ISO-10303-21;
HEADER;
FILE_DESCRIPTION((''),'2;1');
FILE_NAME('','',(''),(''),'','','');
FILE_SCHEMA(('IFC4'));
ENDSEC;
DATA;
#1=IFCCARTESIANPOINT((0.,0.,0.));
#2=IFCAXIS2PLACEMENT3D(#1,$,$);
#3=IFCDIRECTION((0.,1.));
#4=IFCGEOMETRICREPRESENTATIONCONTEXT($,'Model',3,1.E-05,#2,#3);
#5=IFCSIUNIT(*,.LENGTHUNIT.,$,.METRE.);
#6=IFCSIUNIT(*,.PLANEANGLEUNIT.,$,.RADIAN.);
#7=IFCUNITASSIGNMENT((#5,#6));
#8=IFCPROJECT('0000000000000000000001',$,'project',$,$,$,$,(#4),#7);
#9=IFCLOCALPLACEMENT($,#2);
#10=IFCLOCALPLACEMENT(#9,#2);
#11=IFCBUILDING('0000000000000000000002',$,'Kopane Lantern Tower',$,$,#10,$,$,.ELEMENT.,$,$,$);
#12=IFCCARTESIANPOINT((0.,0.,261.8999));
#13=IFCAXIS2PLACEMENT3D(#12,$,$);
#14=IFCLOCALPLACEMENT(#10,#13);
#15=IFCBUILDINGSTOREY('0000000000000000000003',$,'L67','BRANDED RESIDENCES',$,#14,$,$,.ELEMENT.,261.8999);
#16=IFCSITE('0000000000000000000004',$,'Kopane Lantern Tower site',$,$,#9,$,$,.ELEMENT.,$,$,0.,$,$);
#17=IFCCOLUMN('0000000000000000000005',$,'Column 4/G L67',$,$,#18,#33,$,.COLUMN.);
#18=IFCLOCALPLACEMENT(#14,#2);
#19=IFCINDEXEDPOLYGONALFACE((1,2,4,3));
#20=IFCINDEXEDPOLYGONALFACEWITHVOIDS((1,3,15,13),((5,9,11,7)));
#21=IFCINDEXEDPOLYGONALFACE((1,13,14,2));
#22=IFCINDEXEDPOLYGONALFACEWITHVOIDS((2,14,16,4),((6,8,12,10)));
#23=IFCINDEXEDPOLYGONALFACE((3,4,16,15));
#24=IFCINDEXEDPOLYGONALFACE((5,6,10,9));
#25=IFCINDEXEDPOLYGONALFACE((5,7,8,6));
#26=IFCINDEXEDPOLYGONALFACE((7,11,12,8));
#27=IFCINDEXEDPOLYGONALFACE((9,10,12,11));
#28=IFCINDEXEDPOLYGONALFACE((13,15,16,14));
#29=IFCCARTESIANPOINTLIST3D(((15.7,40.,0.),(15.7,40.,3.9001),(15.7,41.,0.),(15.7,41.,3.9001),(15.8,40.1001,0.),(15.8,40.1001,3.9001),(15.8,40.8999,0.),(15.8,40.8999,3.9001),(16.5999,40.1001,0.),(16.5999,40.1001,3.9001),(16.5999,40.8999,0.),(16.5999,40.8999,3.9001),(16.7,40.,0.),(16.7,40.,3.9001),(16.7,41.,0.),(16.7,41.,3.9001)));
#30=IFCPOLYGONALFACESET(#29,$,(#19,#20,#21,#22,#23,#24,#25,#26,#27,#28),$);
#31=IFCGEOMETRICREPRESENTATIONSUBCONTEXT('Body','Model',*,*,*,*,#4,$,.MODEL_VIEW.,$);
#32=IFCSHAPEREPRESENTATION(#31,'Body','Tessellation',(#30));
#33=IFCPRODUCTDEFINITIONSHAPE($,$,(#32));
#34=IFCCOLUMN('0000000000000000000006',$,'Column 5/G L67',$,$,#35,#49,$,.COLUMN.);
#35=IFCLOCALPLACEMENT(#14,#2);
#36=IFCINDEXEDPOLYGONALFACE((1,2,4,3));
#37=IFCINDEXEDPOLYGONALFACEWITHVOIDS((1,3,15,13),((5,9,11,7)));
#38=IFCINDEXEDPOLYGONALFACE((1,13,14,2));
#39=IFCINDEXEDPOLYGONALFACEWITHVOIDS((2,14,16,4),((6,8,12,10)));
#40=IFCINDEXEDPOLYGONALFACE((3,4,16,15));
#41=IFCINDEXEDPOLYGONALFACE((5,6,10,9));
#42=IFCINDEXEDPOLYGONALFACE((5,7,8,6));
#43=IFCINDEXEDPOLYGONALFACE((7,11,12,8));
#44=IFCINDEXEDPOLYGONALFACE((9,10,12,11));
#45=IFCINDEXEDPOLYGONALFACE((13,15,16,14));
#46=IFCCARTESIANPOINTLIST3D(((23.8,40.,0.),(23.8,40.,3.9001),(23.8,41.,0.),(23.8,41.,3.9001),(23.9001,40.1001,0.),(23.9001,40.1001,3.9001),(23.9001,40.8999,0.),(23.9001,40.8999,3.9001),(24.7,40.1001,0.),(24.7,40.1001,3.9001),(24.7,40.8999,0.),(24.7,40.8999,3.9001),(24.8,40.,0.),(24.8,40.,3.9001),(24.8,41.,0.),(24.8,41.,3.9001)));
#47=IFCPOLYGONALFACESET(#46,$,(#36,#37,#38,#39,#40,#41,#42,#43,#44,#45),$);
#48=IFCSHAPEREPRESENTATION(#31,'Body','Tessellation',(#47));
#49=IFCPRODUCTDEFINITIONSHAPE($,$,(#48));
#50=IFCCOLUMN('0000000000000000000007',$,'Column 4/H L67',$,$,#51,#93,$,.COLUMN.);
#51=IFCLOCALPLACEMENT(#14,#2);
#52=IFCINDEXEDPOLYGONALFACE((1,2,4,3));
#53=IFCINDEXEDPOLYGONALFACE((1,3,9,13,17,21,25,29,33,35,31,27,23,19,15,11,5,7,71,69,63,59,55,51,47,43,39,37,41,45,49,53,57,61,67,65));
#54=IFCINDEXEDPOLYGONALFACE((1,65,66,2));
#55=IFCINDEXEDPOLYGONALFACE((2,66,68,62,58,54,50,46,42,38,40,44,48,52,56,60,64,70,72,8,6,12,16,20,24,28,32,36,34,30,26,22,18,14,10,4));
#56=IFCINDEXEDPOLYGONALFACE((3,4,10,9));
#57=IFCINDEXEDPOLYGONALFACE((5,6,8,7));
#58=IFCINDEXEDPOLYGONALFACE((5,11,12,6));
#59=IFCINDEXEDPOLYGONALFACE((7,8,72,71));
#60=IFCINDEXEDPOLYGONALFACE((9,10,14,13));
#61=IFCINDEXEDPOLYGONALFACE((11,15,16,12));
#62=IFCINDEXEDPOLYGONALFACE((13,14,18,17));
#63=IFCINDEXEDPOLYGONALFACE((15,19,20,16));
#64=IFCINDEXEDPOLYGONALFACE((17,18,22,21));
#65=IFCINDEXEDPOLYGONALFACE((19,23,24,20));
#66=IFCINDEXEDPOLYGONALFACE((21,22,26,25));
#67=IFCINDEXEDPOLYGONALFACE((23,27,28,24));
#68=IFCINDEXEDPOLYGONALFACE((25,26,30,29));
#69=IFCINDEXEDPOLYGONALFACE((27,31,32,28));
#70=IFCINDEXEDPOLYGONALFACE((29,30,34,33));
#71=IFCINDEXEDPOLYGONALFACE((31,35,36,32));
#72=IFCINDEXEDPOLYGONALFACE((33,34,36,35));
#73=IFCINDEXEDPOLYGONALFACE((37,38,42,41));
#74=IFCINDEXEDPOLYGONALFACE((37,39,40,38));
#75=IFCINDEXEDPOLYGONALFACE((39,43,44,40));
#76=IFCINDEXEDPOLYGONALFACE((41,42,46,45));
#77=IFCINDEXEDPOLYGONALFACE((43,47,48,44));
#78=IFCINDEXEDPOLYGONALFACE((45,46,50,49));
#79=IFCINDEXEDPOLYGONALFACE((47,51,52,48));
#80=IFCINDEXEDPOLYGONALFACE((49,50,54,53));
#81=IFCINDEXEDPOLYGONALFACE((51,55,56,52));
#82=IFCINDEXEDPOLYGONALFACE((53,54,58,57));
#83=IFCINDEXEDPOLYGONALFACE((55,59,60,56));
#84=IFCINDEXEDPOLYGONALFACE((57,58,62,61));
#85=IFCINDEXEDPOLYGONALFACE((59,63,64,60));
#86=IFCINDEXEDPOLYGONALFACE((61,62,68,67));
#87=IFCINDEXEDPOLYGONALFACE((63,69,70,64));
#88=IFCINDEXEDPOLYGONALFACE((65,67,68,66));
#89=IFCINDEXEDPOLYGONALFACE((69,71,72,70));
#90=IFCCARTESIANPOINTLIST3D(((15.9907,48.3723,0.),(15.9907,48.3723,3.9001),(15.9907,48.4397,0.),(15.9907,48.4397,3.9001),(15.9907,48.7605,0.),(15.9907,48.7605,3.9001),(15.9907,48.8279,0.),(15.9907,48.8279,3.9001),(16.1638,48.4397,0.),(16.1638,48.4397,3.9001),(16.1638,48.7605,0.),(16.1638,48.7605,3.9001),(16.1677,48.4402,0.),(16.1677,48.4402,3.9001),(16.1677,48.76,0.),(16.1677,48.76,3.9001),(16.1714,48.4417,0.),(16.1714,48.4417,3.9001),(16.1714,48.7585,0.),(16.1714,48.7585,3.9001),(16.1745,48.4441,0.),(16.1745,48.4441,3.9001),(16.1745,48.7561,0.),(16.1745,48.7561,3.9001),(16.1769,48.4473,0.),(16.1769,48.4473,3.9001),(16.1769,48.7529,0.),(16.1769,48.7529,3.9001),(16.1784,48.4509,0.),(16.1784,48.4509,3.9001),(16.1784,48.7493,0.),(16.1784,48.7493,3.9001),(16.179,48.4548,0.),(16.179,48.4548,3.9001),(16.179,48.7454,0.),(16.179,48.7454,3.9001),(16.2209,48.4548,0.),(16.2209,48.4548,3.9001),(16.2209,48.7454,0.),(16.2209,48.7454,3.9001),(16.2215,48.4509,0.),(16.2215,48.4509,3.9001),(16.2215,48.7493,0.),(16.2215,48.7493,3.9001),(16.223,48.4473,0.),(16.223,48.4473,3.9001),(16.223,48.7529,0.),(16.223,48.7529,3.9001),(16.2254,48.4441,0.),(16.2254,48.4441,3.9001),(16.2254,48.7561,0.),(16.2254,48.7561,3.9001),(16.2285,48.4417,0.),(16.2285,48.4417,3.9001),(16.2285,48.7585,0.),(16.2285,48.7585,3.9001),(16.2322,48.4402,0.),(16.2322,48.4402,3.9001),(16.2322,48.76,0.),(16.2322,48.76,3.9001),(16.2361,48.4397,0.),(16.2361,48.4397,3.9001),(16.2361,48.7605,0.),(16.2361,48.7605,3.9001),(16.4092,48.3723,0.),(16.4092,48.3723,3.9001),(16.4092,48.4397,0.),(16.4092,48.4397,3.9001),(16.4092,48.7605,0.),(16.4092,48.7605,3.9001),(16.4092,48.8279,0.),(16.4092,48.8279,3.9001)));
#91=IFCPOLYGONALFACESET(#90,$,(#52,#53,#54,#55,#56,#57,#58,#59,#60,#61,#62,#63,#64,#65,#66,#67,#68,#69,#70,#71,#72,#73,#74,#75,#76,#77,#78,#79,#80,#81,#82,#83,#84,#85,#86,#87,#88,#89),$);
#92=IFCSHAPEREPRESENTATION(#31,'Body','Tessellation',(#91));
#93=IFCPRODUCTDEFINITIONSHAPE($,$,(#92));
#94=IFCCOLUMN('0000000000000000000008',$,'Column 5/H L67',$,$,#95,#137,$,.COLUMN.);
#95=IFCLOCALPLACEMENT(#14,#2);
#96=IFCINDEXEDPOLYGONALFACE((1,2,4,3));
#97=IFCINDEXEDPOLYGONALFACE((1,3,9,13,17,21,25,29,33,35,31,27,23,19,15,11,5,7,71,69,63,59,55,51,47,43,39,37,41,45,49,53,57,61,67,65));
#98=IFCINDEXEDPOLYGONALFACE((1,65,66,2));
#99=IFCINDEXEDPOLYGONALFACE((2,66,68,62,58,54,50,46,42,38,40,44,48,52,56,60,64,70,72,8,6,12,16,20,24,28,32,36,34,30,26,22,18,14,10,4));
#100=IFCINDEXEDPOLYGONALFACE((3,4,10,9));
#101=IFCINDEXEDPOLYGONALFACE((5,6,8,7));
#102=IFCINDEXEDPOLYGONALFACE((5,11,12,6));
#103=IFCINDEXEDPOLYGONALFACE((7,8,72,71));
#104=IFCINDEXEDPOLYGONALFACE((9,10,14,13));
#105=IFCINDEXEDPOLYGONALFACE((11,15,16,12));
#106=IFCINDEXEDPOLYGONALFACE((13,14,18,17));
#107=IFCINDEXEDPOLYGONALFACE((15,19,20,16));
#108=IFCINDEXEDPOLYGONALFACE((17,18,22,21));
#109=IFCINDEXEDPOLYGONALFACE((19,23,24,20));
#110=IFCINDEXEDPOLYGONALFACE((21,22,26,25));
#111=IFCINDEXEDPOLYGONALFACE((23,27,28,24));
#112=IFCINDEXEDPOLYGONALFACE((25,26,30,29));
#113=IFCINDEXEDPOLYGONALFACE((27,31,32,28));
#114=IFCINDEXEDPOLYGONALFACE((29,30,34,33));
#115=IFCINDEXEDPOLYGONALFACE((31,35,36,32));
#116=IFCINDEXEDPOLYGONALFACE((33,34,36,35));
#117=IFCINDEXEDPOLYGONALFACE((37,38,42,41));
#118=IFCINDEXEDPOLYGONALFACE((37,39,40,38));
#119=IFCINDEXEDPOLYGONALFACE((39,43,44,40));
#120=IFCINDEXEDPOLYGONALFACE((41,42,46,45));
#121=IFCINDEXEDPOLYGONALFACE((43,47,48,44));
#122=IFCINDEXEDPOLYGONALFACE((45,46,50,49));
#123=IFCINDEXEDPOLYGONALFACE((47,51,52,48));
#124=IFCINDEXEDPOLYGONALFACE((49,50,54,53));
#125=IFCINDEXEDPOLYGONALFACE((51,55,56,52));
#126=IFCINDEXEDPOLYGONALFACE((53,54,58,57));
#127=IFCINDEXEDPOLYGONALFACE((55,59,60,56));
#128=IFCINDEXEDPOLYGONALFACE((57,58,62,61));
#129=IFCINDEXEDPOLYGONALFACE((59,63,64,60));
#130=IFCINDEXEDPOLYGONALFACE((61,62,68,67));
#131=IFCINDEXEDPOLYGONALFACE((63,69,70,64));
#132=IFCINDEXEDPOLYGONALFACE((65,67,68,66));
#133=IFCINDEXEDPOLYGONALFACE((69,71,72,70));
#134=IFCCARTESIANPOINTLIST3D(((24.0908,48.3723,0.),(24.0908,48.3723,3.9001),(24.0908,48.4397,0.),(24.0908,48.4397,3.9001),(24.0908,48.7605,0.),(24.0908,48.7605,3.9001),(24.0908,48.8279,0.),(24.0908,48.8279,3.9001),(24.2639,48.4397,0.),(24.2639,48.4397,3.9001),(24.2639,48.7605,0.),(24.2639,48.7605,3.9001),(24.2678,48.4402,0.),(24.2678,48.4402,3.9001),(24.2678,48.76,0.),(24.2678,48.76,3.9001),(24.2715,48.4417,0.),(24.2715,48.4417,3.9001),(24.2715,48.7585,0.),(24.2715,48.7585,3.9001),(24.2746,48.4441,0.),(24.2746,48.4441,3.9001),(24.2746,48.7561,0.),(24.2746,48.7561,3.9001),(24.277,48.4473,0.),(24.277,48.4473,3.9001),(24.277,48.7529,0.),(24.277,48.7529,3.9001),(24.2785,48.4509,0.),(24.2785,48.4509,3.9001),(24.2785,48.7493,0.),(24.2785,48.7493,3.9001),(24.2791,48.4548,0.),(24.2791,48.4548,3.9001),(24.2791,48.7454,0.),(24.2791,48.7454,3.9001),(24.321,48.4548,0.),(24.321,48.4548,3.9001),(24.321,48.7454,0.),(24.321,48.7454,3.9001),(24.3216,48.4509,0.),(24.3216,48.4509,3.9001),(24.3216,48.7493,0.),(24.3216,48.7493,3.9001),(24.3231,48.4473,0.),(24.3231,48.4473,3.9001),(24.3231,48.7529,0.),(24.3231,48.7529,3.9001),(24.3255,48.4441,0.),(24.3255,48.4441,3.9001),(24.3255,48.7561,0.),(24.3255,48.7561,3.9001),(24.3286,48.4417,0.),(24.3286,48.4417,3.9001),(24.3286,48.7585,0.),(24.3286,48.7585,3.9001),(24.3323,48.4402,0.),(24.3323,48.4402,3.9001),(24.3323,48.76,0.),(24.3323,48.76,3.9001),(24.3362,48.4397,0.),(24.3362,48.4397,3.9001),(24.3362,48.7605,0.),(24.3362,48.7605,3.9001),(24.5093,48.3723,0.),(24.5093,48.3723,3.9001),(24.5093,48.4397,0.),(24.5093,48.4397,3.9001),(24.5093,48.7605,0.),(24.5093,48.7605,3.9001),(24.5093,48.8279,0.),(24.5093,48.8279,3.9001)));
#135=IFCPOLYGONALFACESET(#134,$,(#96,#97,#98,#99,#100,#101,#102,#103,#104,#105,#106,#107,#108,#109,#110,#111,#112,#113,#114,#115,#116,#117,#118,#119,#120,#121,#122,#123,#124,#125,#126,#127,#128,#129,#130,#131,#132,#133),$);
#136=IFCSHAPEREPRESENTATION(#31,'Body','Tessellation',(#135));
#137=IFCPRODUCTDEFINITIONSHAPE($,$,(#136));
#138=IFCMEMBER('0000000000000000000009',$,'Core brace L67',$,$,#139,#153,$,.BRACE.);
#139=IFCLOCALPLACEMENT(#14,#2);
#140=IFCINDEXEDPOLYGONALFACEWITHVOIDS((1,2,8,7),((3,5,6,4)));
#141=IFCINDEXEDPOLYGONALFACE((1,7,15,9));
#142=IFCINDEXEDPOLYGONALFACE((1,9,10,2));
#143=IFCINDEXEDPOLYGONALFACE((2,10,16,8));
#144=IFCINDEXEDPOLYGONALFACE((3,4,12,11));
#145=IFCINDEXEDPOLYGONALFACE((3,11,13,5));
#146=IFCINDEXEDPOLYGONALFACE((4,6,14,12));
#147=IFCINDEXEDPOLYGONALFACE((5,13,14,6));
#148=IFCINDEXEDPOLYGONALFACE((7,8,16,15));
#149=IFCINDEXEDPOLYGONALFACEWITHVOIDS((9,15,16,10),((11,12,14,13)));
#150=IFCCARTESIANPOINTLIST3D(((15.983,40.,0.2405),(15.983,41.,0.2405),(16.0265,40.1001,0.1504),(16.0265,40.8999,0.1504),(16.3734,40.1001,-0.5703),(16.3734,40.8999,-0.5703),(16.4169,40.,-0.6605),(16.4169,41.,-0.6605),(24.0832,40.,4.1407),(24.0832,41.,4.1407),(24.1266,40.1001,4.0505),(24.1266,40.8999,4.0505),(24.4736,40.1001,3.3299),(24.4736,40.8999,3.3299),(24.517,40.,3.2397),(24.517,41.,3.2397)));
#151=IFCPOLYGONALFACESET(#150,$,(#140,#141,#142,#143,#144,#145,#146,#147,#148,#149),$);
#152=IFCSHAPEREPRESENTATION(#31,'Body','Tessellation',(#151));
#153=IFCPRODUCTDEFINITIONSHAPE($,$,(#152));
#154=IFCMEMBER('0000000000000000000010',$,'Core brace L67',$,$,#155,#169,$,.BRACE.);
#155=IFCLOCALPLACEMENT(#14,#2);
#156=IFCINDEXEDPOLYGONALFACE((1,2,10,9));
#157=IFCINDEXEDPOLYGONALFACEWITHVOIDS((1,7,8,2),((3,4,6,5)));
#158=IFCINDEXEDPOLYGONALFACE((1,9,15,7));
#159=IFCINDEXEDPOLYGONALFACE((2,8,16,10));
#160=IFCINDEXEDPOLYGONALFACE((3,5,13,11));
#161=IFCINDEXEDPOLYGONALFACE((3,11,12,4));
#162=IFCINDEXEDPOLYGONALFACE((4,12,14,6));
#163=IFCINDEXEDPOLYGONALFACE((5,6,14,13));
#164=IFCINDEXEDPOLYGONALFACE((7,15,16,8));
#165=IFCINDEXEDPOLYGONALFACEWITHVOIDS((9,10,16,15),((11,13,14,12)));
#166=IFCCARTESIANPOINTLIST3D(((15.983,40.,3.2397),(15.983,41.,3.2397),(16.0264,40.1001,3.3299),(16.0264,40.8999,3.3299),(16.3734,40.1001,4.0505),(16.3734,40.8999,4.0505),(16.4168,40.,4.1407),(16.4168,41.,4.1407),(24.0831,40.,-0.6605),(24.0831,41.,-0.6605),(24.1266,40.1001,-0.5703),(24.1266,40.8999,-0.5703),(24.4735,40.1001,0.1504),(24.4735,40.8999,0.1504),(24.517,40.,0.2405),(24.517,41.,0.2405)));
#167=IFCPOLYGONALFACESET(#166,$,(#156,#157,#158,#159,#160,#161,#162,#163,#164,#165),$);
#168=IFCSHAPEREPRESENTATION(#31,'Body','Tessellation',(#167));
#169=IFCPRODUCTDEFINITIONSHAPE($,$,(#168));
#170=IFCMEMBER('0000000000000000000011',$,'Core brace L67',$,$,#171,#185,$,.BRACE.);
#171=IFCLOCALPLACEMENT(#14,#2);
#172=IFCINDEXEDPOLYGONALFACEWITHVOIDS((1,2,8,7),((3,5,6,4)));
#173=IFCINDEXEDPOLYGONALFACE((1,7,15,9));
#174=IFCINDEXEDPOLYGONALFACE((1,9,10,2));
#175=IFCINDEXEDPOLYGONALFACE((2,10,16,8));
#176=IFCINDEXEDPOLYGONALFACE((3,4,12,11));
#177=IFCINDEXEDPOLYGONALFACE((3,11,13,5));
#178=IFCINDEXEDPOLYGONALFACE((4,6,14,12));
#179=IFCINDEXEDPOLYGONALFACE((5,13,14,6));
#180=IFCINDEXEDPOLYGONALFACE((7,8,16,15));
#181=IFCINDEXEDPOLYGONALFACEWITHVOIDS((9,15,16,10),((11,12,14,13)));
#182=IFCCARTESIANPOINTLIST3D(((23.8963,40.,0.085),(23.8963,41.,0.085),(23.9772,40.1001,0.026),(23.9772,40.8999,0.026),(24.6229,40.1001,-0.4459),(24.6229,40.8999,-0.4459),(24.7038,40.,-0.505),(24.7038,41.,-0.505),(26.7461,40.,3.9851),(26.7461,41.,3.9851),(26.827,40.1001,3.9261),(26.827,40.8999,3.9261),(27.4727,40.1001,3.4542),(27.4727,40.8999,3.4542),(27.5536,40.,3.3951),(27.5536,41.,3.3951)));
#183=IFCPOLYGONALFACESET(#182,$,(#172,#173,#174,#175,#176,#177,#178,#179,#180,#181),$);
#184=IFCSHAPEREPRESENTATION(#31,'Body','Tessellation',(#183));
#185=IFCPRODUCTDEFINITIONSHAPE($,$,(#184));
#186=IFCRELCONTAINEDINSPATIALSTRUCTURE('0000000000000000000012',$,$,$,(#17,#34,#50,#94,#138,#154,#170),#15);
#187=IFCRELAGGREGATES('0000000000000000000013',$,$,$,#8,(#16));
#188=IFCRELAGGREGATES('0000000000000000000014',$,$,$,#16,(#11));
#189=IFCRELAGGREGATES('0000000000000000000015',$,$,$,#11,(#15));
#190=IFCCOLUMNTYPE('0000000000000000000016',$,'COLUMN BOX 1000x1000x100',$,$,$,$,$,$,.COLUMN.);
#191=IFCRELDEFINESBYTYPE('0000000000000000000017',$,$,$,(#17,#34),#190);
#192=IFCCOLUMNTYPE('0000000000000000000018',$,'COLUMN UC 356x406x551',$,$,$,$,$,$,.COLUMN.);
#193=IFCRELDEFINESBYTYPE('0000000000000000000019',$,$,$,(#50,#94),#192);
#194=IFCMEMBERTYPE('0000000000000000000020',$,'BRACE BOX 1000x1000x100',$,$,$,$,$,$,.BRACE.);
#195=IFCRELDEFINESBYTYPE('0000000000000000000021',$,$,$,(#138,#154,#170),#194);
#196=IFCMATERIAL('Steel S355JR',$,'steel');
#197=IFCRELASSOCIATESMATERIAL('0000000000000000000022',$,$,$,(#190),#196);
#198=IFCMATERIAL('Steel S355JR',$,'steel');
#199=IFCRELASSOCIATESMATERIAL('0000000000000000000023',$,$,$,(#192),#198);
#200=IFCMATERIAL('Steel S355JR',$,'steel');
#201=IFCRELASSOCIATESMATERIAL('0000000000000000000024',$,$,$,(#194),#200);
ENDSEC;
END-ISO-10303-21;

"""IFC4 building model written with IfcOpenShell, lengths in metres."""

from ifc_helpers import new_model, si_unit, direction, frame, origin, origin_2d, place, context, subcontext, project, spatial, hollow_rectangle, i_section, extrude, material, material_profile, profile_set, type_object, element, save


model = new_model("IFC4")

# Units and contexts
model_context = context("Model", 3, precision=1e-05, world=origin(), true_north=direction((0.0, 1.0)))
body_context = subcontext(model_context, "Body", "Model", "MODEL_VIEW")
ifc_project = project(units=[si_unit("LENGTHUNIT", "METRE"), si_unit("PLANEANGLEUNIT", "RADIAN")], contexts=[model_context])

# Site, building, storey
site_placement = place(None, origin())
site = spatial("IfcSite", under=ifc_project, at=site_placement, Name="Kopane Lantern Tower site", CompositionType="ELEMENT", RefElevation=0.0)
building_placement = place(site_placement, origin())
building = spatial("IfcBuilding", under=site, at=building_placement, Name="Kopane Lantern Tower", CompositionType="ELEMENT")
storey_placement = place(building_placement, frame((0.0, 0.0, 261.8999)))
storey = spatial("IfcBuildingStorey", under=building, at=storey_placement, Name="L67", Description="BRANDED RESIDENCES", CompositionType="ELEMENT", Elevation=261.8999)

# Columns
ifc_material_1 = material(Name="Steel S355JR", Category="steel")
ifc_material_profile_1 = material_profile(ifc_material_1, hollow_rectangle(XDim=1.0, YDim=1.0, WallThickness=0.1001, at=origin_2d()), Name="BOX 1000x1000x100")
ifc_profile_set_1 = profile_set([ifc_material_profile_1], Name="Steel S355JR")
column_type_1 = type_object("IfcColumnType", Name="COLUMN BOX 1000x1000x100", PredefinedType="COLUMN", material=ifc_profile_set_1)
for number, where, z_axis, x_axis, name in (
    (1, (16.2, 40.5, 0.0), (0.0, 0.0, 1.0), (1.0, 0.0, 0.0), "Column 4/G L67"),
    (2, (24.3, 40.5, 0.0), (0.0, 0.0, 1.0), (1.0, 0.0, 0.0), "Column 5/G L67"),
):
    element("IfcColumn", number, at=place(storey_placement, frame(where, z_axis=z_axis, x_axis=x_axis)), inside=storey, type_object=column_type_1, Name=name, PredefinedType="COLUMN", context=body_context, shape_type="SweptSolid", body=[
        extrude(hollow_rectangle(XDim=1.0, YDim=1.0, WallThickness=0.1001, at=origin_2d()), origin(), (0.0, 0.0, 1.0), 3.9001),
    ])
ifc_material_2 = material(Name="Steel S355JR", Category="steel")
ifc_material_profile_2 = material_profile(ifc_material_2, i_section(OverallWidth=0.4185, OverallDepth=0.4556, WebThickness=0.042, FlangeThickness=0.0674, FilletRadius=0.0151, at=origin_2d()), Name="UC 356x406x551")
ifc_profile_set_2 = profile_set([ifc_material_profile_2], Name="Steel S355JR")
column_type_2 = type_object("IfcColumnType", Name="COLUMN UC 356x406x551", PredefinedType="COLUMN", material=ifc_profile_set_2)
for number, where, z_axis, x_axis, name in (
    (3, (16.2, 48.6001, 0.0), (0.0, 0.0, 1.0), (1.0, 0.0, 0.0), "Column 4/H L67"),
    (4, (24.3, 48.6001, 0.0), (0.0, 0.0, 1.0), (1.0, 0.0, 0.0), "Column 5/H L67"),
):
    element("IfcColumn", number, at=place(storey_placement, frame(where, z_axis=z_axis, x_axis=x_axis)), inside=storey, type_object=column_type_2, Name=name, PredefinedType="COLUMN", context=body_context, shape_type="SweptSolid", body=[
        extrude(i_section(OverallWidth=0.4185, OverallDepth=0.4556, WebThickness=0.042, FlangeThickness=0.0674, FilletRadius=0.0151, at=origin_2d()), origin(), (0.0, 0.0, 1.0), 3.9001),
    ])

# Members
ifc_material_3 = material(Name="Steel S355JR", Category="steel")
ifc_material_profile_3 = material_profile(ifc_material_3, hollow_rectangle(XDim=1.0, YDim=1.0, WallThickness=0.1001, at=origin_2d()), Name="BOX 1000x1000x100")
ifc_profile_set_3 = profile_set([ifc_material_profile_3], Name="Steel S355JR")
member_type_1 = type_object("IfcMemberType", Name="BRACE BOX 1000x1000x100", PredefinedType="BRACE", material=ifc_profile_set_3)
for number, where, z_axis, x_axis, name in (
    (5, (16.2, 40.5, -0.21), (0.900997, 0.0, 0.433825), (0.0, 1.0, 0.0), "Core brace L67"),
    (6, (24.3, 40.5, -0.21), (-0.900997, 0.0, 0.433825), (0.0, -1.0, 0.0), "Core brace L67"),
):
    element("IfcMember", number, at=place(storey_placement, frame(where, z_axis=z_axis, x_axis=x_axis)), inside=storey, type_object=member_type_1, Name=name, PredefinedType="BRACE", context=body_context, shape_type="SweptSolid", body=[
        extrude(hollow_rectangle(XDim=1.0, YDim=1.0, WallThickness=0.1001, at=origin_2d()), origin(), (0.0, 0.0, 1.0), 8.9902),
    ])
member_1_placement = place(storey_placement, frame((24.3, 40.5, -0.21), z_axis=(0.589982, 0.0, 0.807416), x_axis=(0.0, 1.0, 0.0)))
element("IfcMember", 7, at=member_1_placement, inside=storey, type_object=member_type_1, Name="Core brace L67", PredefinedType="BRACE", context=body_context, shape_type="SweptSolid", body=[
    extrude(hollow_rectangle(XDim=1.0, YDim=1.0, WallThickness=0.1001, at=origin_2d()), origin(), (0.0, 0.0, 1.0), 4.8303),
])

save(model, "model.ifc")
